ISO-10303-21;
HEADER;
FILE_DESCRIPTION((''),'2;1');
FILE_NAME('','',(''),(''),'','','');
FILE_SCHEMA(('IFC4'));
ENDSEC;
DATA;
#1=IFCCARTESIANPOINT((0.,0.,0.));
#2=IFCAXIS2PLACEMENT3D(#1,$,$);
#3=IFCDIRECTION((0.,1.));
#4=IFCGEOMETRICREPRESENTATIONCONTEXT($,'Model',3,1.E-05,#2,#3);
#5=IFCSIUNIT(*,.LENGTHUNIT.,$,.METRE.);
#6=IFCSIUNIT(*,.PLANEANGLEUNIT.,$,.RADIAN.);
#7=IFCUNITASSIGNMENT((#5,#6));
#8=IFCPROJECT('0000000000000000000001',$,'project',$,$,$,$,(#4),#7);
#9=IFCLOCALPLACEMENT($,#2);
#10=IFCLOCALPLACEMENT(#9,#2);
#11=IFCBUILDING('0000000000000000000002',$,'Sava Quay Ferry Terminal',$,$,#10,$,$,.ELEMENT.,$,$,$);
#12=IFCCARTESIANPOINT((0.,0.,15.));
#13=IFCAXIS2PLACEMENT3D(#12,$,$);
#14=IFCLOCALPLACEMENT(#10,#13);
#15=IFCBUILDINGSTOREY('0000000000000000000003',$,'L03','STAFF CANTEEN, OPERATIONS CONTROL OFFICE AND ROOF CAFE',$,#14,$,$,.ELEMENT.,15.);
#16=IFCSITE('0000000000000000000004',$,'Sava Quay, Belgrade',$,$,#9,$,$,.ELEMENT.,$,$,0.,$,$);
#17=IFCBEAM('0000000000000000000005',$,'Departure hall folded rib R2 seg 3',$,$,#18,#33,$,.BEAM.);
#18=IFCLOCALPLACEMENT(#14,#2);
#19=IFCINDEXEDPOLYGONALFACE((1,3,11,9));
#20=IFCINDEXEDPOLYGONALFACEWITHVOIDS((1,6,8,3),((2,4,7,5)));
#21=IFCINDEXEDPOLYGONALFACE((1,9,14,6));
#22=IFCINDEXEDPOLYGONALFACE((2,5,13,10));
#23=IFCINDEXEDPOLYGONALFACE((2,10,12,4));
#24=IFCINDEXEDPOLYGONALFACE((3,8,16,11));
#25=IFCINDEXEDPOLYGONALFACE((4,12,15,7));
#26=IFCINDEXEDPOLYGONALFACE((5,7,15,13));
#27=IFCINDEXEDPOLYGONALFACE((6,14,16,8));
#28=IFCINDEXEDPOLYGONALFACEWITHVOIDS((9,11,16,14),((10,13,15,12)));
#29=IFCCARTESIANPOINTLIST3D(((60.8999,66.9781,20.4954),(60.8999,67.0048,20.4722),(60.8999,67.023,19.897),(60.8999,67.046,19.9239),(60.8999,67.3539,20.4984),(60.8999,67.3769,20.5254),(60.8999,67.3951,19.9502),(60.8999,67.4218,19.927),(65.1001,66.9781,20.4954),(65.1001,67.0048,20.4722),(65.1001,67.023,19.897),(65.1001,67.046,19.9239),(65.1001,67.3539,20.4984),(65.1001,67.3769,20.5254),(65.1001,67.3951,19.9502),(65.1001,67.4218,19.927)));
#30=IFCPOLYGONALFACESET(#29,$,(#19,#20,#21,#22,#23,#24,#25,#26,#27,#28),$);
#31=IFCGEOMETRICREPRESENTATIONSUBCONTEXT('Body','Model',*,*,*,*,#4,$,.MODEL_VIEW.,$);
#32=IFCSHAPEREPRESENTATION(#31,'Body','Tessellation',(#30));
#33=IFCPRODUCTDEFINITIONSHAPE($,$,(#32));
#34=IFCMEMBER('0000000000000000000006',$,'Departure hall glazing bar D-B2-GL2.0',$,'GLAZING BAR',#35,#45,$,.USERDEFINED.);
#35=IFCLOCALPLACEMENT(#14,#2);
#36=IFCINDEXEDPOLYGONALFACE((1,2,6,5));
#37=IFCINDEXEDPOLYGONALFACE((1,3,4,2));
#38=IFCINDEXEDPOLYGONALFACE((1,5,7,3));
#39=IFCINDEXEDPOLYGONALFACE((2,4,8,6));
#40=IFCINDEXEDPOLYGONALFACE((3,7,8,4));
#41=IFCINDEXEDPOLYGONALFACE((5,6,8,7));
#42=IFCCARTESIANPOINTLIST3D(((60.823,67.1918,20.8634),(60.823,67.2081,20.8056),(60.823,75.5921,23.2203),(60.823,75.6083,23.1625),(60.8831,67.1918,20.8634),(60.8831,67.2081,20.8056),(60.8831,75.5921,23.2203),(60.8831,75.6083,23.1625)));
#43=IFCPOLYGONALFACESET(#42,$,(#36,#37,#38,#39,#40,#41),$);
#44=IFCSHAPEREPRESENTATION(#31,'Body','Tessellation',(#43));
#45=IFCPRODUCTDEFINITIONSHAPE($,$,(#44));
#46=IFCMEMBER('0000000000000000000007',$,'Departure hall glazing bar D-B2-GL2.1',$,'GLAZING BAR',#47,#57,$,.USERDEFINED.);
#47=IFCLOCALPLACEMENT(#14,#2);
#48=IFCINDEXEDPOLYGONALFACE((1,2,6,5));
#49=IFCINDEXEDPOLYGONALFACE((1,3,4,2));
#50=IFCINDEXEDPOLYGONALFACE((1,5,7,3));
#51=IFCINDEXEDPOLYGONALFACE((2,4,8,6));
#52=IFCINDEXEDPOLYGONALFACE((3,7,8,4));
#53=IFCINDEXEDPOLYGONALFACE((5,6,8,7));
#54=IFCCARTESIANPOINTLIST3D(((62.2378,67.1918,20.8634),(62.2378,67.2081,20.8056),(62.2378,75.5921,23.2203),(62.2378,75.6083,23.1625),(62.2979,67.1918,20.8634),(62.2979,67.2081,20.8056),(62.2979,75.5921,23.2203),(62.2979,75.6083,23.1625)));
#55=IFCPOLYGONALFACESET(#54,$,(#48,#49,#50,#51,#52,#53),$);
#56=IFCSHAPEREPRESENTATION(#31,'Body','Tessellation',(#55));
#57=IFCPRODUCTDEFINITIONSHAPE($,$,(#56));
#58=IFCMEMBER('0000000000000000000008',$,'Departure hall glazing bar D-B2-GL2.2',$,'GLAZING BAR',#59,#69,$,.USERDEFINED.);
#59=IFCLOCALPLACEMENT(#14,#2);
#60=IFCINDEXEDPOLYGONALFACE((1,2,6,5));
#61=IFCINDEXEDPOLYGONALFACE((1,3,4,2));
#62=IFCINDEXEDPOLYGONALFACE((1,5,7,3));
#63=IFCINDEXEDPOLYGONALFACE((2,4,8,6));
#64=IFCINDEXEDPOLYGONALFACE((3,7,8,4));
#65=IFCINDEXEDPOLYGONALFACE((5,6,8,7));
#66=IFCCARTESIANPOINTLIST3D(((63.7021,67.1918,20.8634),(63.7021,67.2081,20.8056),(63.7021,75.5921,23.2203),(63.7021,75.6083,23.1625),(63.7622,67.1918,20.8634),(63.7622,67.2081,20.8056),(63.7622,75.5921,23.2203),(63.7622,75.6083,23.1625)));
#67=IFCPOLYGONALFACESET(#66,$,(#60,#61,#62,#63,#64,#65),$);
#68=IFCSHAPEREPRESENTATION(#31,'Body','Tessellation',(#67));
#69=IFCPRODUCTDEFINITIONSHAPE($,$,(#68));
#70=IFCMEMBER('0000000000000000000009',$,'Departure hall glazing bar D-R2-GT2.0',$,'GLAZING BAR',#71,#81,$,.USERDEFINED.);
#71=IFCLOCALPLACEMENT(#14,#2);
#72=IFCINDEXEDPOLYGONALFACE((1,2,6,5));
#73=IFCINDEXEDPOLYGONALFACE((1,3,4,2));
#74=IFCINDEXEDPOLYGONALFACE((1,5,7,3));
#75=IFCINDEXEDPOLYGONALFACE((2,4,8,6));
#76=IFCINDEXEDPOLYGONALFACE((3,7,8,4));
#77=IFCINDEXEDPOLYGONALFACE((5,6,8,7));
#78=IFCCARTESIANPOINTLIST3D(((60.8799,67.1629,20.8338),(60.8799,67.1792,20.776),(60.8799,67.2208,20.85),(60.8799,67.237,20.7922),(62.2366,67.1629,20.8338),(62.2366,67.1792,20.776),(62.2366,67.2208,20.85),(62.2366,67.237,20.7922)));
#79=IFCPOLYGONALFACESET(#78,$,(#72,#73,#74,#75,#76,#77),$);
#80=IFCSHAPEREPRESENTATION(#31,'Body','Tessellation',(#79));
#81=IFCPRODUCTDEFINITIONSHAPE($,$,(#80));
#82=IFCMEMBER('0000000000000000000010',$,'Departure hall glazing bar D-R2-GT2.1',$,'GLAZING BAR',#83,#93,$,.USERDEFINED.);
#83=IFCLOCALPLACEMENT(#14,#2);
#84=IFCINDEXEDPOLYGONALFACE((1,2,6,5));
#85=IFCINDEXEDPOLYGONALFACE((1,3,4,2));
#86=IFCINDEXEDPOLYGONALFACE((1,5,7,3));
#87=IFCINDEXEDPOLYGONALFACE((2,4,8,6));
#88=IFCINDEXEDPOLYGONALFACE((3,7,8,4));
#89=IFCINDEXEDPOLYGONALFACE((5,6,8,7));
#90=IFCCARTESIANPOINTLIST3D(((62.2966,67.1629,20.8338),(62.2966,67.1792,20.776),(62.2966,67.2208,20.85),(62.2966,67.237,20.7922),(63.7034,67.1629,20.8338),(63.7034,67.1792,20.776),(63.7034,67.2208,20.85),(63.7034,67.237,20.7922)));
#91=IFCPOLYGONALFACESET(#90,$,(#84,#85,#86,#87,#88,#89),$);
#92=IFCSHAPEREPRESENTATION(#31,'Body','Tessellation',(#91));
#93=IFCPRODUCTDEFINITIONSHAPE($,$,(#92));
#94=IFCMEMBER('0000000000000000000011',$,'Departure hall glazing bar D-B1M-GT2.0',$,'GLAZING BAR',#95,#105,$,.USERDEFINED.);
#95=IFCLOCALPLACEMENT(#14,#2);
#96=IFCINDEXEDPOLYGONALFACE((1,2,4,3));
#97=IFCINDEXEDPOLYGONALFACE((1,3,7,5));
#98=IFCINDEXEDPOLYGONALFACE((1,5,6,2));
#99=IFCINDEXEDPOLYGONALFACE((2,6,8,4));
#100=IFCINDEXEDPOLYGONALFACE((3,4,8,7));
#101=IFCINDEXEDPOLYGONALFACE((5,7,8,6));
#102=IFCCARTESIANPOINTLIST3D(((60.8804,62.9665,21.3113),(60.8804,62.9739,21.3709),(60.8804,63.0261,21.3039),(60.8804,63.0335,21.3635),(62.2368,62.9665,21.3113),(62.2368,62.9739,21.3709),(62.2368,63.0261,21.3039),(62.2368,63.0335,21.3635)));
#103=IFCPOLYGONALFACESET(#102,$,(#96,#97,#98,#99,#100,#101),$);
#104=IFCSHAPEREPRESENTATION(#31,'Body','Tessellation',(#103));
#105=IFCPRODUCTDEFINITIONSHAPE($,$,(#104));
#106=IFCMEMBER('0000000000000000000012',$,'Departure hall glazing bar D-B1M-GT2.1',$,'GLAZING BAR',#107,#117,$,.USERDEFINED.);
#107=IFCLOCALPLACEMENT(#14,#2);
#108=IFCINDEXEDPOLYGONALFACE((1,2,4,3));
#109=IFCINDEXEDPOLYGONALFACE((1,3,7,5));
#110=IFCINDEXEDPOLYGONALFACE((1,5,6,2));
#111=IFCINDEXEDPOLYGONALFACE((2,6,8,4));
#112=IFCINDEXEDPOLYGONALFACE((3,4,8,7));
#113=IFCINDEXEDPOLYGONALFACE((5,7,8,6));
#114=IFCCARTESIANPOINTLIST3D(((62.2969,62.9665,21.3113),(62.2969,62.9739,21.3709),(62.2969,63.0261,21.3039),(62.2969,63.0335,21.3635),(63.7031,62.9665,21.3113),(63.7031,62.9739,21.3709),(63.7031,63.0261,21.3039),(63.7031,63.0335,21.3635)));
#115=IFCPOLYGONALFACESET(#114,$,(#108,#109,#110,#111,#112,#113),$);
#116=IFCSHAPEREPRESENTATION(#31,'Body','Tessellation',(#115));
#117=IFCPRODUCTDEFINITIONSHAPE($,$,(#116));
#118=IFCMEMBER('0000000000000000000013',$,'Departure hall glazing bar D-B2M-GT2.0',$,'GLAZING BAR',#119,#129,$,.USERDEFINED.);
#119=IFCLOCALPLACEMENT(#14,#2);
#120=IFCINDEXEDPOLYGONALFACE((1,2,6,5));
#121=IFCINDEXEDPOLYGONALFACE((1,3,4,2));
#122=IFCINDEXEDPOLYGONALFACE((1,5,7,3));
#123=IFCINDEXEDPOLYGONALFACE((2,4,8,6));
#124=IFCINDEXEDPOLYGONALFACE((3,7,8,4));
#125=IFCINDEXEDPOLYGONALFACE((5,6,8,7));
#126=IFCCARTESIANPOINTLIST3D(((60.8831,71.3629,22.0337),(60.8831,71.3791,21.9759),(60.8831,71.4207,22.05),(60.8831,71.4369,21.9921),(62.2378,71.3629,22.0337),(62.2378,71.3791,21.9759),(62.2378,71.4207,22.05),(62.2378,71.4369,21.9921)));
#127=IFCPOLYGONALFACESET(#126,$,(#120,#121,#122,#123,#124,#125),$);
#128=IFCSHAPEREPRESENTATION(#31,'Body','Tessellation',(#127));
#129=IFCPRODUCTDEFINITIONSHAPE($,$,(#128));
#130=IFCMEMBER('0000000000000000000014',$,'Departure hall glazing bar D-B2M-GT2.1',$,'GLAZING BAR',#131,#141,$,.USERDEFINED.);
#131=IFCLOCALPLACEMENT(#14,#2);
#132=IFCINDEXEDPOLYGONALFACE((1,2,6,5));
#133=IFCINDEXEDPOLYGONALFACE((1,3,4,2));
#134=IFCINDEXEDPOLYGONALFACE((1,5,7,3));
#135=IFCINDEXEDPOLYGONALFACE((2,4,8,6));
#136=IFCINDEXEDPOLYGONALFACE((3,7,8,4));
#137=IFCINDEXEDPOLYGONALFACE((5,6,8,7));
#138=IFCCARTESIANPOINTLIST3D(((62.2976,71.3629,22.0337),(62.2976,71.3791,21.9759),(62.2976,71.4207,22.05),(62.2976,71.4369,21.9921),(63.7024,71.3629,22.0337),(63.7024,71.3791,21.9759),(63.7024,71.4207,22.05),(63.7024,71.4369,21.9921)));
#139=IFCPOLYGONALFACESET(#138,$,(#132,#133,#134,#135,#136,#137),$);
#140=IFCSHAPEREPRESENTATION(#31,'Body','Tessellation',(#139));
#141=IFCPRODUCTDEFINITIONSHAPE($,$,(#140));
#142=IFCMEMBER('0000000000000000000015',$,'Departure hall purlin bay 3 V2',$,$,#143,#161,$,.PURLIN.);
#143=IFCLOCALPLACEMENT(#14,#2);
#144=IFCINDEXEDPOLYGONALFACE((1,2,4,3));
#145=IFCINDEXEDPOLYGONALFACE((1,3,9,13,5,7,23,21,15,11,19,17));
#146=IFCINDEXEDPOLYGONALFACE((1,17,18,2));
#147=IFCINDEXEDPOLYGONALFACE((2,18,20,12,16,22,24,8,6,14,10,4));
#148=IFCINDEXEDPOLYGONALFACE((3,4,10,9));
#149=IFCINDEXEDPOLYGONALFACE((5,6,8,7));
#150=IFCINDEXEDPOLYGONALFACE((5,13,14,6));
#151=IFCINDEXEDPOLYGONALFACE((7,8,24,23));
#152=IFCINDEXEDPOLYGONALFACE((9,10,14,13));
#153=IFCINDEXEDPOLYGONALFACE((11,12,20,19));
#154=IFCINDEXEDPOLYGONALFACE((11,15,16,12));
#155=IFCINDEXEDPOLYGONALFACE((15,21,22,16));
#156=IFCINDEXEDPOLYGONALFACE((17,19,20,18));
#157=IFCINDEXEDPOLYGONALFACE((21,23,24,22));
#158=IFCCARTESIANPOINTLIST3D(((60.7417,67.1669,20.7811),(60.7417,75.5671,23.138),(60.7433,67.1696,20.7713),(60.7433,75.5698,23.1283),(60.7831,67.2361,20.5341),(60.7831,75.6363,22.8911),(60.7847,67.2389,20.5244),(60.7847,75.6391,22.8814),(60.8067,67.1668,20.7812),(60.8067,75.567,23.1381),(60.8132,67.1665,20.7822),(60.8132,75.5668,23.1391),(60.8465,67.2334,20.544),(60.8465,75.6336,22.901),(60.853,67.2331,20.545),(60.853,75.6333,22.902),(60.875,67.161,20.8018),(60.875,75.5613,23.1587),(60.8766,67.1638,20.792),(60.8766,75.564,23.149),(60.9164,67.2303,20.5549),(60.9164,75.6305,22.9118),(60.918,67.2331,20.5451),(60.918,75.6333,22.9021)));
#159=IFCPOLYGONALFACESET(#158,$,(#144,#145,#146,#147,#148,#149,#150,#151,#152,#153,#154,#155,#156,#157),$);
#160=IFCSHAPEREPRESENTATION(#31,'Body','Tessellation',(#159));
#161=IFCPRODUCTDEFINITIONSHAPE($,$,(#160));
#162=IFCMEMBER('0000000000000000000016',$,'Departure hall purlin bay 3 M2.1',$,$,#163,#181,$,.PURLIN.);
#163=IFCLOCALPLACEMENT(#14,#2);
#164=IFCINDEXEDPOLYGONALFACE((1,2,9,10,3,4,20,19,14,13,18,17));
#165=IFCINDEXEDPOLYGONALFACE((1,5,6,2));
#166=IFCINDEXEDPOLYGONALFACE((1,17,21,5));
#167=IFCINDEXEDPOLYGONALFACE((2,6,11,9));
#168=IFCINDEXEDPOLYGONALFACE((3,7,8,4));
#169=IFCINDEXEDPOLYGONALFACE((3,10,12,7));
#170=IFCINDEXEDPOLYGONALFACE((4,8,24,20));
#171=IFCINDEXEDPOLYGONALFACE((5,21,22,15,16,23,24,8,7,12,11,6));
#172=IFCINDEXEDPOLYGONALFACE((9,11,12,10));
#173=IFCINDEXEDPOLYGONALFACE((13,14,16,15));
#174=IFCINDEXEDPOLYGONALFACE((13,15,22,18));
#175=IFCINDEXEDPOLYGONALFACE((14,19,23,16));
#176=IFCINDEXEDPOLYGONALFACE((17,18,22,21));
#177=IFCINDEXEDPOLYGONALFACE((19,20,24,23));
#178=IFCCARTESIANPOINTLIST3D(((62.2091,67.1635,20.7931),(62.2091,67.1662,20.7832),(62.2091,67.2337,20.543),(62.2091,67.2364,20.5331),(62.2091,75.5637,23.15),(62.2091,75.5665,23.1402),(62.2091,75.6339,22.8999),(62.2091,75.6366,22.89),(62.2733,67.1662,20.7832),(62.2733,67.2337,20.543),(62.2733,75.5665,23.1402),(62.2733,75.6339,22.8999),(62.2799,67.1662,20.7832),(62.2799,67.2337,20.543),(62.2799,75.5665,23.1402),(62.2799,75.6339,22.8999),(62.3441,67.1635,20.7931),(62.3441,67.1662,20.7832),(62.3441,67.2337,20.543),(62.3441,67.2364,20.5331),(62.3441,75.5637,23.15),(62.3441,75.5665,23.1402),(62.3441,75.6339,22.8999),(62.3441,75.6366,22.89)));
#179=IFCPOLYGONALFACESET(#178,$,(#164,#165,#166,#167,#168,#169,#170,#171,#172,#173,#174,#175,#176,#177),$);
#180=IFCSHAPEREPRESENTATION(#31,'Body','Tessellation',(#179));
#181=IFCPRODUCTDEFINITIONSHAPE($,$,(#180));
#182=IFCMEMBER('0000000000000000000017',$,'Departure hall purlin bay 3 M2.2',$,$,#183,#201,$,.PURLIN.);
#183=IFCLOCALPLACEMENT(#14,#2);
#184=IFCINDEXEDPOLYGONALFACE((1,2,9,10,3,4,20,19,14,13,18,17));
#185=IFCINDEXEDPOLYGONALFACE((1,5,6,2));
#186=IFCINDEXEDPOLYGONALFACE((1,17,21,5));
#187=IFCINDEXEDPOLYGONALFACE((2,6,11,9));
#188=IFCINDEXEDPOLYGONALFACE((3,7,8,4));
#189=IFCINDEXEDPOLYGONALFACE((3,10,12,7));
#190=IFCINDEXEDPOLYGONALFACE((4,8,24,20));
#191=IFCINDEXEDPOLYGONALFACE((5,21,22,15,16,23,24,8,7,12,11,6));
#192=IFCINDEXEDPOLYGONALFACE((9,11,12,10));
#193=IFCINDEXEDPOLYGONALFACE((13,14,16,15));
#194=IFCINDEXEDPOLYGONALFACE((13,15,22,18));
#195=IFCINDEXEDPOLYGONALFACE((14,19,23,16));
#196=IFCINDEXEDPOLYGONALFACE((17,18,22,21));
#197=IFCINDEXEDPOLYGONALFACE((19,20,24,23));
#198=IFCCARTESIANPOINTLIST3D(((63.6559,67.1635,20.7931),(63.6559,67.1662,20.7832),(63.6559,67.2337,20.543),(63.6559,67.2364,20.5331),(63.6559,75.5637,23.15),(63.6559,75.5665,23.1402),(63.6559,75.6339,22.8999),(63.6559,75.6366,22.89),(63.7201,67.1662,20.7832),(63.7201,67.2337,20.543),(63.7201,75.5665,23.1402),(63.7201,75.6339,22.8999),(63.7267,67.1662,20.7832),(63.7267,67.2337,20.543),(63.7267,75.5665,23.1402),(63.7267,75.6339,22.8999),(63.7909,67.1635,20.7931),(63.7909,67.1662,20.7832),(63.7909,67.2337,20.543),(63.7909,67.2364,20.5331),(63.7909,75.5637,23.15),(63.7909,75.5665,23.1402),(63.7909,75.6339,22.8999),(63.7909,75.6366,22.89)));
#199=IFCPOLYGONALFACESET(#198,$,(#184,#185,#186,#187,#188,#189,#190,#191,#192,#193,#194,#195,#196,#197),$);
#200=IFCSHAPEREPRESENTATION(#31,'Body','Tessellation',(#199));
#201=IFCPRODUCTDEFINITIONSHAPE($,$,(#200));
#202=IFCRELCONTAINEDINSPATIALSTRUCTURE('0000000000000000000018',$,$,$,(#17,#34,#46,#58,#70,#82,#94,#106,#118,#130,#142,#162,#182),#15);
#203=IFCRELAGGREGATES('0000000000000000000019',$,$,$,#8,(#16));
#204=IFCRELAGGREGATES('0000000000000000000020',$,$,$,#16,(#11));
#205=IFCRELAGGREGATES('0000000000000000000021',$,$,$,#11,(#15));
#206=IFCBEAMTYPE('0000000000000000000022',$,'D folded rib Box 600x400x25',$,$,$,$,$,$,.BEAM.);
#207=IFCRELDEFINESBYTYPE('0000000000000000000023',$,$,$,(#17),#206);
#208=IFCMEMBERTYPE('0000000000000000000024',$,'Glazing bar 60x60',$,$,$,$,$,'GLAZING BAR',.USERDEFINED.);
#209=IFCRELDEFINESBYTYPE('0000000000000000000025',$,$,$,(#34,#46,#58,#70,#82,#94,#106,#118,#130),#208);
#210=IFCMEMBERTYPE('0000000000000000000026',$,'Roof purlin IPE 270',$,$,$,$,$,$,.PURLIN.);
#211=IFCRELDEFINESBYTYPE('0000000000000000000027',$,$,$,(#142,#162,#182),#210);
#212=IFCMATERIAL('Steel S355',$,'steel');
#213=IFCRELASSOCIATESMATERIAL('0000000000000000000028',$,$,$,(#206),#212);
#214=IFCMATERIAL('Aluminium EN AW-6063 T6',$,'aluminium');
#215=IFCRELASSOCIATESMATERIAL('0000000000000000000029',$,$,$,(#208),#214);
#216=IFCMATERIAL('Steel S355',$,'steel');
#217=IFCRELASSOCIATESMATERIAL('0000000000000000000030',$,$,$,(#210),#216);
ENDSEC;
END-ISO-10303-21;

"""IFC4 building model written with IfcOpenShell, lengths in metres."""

from ifc_helpers import new_model, si_unit, direction, frame, origin, origin_2d, place, context, subcontext, project, spatial, polyline, rectangle, i_section, outline, extrude, material, material_profile, profile_set, type_object, element, save


model = new_model("IFC4")

# Units and contexts
model_context = context("Model", 3, precision=1e-05, world=origin(), true_north=direction((0.0, 1.0)))
body_context = subcontext(model_context, "Body", "Model", "MODEL_VIEW")
ifc_project = project(units=[si_unit("LENGTHUNIT", "METRE"), si_unit("PLANEANGLEUNIT", "RADIAN")], contexts=[model_context])

# Site, building, storey
site_placement = place(None, origin())
site = spatial("IfcSite", under=ifc_project, at=site_placement, Name="Sava Quay, Belgrade", CompositionType="ELEMENT", RefElevation=0.0)
building_placement = place(site_placement, origin())
building = spatial("IfcBuilding", under=site, at=building_placement, Name="Sava Quay Ferry Terminal", CompositionType="ELEMENT")
storey_placement = place(building_placement, frame((0.0, 0.0, 15.0)))
storey = spatial("IfcBuildingStorey", under=building, at=storey_placement, Name="L03", Description="STAFF CANTEEN, OPERATIONS CONTROL OFFICE AND ROOF CAFE", CompositionType="ELEMENT", Elevation=15.0)

# Beam
ifc_material_1 = material(Name="Steel S355", Category="steel")
ifc_material_profile_1 = material_profile(ifc_material_1, outline(polyline([(-0.2, -0.3), (0.2, -0.3), (0.2, 0.3), (-0.2, 0.3), (-0.2, -0.3)]), holes=[polyline([(-0.175, -0.2749), (-0.175, 0.2749), (0.175, 0.2749), (0.175, -0.2749), (-0.175, -0.2749)])]), Name="Box 600x400x25 built-up")
ifc_profile_set_1 = profile_set([ifc_material_profile_1], Name="Steel S355")
beam_type = type_object("IfcBeamType", Name="D folded rib Box 600x400x25", PredefinedType="BEAM", material=ifc_profile_set_1)
beam_placement = place(storey_placement, frame((60.8999, 67.2, 20.2112), z_axis=(1.0, 0.0, 0.0), x_axis=(0.0, 0.997188, 0.074943)))
element("IfcBeam", 1, at=beam_placement, inside=storey, type_object=beam_type, Name="Departure hall folded rib R2 seg 3", PredefinedType="BEAM", context=body_context, shape_type="SweptSolid", body=[
    extrude(outline(polyline([(-0.2, -0.3), (0.2, -0.3), (0.2, 0.3), (-0.2, 0.3), (-0.2, -0.3)]), holes=[polyline([(-0.175, -0.2749), (-0.175, 0.2749), (0.175, 0.2749), (0.175, -0.2749), (-0.175, -0.2749)])]), origin(), (0.0, 0.0, 1.0), 4.2002),
])

# Members
ifc_material_2 = material(Name="Aluminium EN AW-6063 T6", Category="aluminium")
ifc_material_profile_2 = material_profile(ifc_material_2, rectangle(XDim=0.0601, YDim=0.0601, at=origin_2d()), Name="Bar 60 x 60")
ifc_profile_set_2 = profile_set([ifc_material_profile_2], Name="Aluminium EN AW-6063 T6")
member_type_1 = type_object("IfcMemberType", Name="Glazing bar 60x60", ElementType="GLAZING BAR", PredefinedType="USERDEFINED", material=ifc_profile_set_2)
for number, where, z_axis, x_axis, name in (
    (2, (60.853, 67.2, 20.8345), (0.0, 0.962818, 0.27015), (-1.0, 0.0, 0.0), "Departure hall glazing bar D-B2-GL2.0"),
    (3, (62.2678, 67.2, 20.8345), (0.0, 0.962818, 0.27015), (-1.0, 0.0, 0.0), "Departure hall glazing bar D-B2-GL2.1"),
    (4, (63.7322, 67.2, 20.8345), (0.0, 0.962818, 0.27015), (-1.0, 0.0, 0.0), "Departure hall glazing bar D-B2-GL2.2"),
):
    element("IfcMember", number, at=place(storey_placement, frame(where, z_axis=z_axis, x_axis=x_axis)), inside=storey, type_object=member_type_1, Name=name, ObjectType="GLAZING BAR", PredefinedType="USERDEFINED", context=body_context, shape_type="SweptSolid", body=[
        extrude(rectangle(XDim=0.0601, YDim=0.0601, at=origin_2d()), origin(), (0.0, 0.0, 1.0), 8.7246),
    ])
member_1_placement = place(storey_placement, frame((60.8799, 67.2, 20.813), z_axis=(1.0, 0.0, 0.0), x_axis=(0.0, 0.962815, 0.270161)))
element("IfcMember", 5, at=member_1_placement, inside=storey, type_object=member_type_1, Name="Departure hall glazing bar D-R2-GT2.0", ObjectType="GLAZING BAR", PredefinedType="USERDEFINED", context=body_context, shape_type="SweptSolid", body=[
    extrude(rectangle(XDim=0.0601, YDim=0.0601, at=origin_2d()), origin(), (0.0, 0.0, 1.0), 1.3567),
])
member_2_placement = place(storey_placement, frame((62.2966, 67.2, 20.813), z_axis=(1.0, 0.0, 0.0), x_axis=(0.0, 0.962815, 0.270161)))
element("IfcMember", 6, at=member_2_placement, inside=storey, type_object=member_type_1, Name="Departure hall glazing bar D-R2-GT2.1", ObjectType="GLAZING BAR", PredefinedType="USERDEFINED", context=body_context, shape_type="SweptSolid", body=[
    extrude(rectangle(XDim=0.0601, YDim=0.0601, at=origin_2d()), origin(), (0.0, 0.0, 1.0), 1.4067),
])
member_3_placement = place(storey_placement, frame((60.8804, 63.0, 21.3374), z_axis=(1.0, 0.0, 0.0), x_axis=(0.0, 0.992379, -0.12322)))
element("IfcMember", 7, at=member_3_placement, inside=storey, type_object=member_type_1, Name="Departure hall glazing bar D-B1M-GT2.0", ObjectType="GLAZING BAR", PredefinedType="USERDEFINED", context=body_context, shape_type="SweptSolid", body=[
    extrude(rectangle(XDim=0.0601, YDim=0.0601, at=origin_2d()), origin(), (0.0, 0.0, 1.0), 1.3564),
])
member_4_placement = place(storey_placement, frame((62.2969, 63.0, 21.3374), z_axis=(1.0, 0.0, 0.0), x_axis=(0.0, 0.992379, -0.12322)))
element("IfcMember", 8, at=member_4_placement, inside=storey, type_object=member_type_1, Name="Departure hall glazing bar D-B1M-GT2.1", ObjectType="GLAZING BAR", PredefinedType="USERDEFINED", context=body_context, shape_type="SweptSolid", body=[
    extrude(rectangle(XDim=0.0601, YDim=0.0601, at=origin_2d()), origin(), (0.0, 0.0, 1.0), 1.4062),
])
member_5_placement = place(storey_placement, frame((60.8831, 71.3999, 22.0129), z_axis=(1.0, 0.0, 0.0), x_axis=(0.0, 0.962815, 0.270161)))
element("IfcMember", 9, at=member_5_placement, inside=storey, type_object=member_type_1, Name="Departure hall glazing bar D-B2M-GT2.0", ObjectType="GLAZING BAR", PredefinedType="USERDEFINED", context=body_context, shape_type="SweptSolid", body=[
    extrude(rectangle(XDim=0.0601, YDim=0.0601, at=origin_2d()), origin(), (0.0, 0.0, 1.0), 1.3547),
])
member_6_placement = place(storey_placement, frame((62.2976, 71.3999, 22.0129), z_axis=(1.0, 0.0, 0.0), x_axis=(0.0, 0.962815, 0.270161)))
element("IfcMember", 10, at=member_6_placement, inside=storey, type_object=member_type_1, Name="Departure hall glazing bar D-B2M-GT2.1", ObjectType="GLAZING BAR", PredefinedType="USERDEFINED", context=body_context, shape_type="SweptSolid", body=[
    extrude(rectangle(XDim=0.0601, YDim=0.0601, at=origin_2d()), origin(), (0.0, 0.0, 1.0), 1.4048),
])
ifc_material_3 = material(Name="Steel S355", Category="steel")
ifc_material_profile_3 = material_profile(ifc_material_3, i_section(OverallWidth=0.135, OverallDepth=0.27, WebThickness=0.0066, FlangeThickness=0.0103, at=origin_2d()), Name="IPE 270")
ifc_profile_set_3 = profile_set([ifc_material_profile_3], Name="Steel S355")
member_type_2 = type_object("IfcMemberType", Name="Roof purlin IPE 270", PredefinedType="PURLIN", material=ifc_profile_set_3)
for number, where, z_axis, x_axis, name in (
    (11, (60.8298, 67.2, 20.6631), (0.0, 0.962818, 0.27015), (-0.987218, 0.043056, -0.153452), "Departure hall purlin bay 3 V2"),
    (12, (62.2766, 67.2, 20.6631), (0.0, 0.962818, 0.27015), (-1.0, 0.0, 0.0), "Departure hall purlin bay 3 M2.1"),
    (13, (63.7234, 67.2, 20.6631), (0.0, 0.962818, 0.27015), (-1.0, 0.0, 0.0), "Departure hall purlin bay 3 M2.2"),
):
    element("IfcMember", number, at=place(storey_placement, frame(where, z_axis=z_axis, x_axis=x_axis)), inside=storey, type_object=member_type_2, Name=name, PredefinedType="PURLIN", context=body_context, shape_type="SweptSolid", body=[
        extrude(i_section(OverallWidth=0.135, OverallDepth=0.27, WebThickness=0.0066, FlangeThickness=0.0103, at=origin_2d()), origin(), (0.0, 0.0, 1.0), 8.7246),
    ])

save(model, "model.ifc")
